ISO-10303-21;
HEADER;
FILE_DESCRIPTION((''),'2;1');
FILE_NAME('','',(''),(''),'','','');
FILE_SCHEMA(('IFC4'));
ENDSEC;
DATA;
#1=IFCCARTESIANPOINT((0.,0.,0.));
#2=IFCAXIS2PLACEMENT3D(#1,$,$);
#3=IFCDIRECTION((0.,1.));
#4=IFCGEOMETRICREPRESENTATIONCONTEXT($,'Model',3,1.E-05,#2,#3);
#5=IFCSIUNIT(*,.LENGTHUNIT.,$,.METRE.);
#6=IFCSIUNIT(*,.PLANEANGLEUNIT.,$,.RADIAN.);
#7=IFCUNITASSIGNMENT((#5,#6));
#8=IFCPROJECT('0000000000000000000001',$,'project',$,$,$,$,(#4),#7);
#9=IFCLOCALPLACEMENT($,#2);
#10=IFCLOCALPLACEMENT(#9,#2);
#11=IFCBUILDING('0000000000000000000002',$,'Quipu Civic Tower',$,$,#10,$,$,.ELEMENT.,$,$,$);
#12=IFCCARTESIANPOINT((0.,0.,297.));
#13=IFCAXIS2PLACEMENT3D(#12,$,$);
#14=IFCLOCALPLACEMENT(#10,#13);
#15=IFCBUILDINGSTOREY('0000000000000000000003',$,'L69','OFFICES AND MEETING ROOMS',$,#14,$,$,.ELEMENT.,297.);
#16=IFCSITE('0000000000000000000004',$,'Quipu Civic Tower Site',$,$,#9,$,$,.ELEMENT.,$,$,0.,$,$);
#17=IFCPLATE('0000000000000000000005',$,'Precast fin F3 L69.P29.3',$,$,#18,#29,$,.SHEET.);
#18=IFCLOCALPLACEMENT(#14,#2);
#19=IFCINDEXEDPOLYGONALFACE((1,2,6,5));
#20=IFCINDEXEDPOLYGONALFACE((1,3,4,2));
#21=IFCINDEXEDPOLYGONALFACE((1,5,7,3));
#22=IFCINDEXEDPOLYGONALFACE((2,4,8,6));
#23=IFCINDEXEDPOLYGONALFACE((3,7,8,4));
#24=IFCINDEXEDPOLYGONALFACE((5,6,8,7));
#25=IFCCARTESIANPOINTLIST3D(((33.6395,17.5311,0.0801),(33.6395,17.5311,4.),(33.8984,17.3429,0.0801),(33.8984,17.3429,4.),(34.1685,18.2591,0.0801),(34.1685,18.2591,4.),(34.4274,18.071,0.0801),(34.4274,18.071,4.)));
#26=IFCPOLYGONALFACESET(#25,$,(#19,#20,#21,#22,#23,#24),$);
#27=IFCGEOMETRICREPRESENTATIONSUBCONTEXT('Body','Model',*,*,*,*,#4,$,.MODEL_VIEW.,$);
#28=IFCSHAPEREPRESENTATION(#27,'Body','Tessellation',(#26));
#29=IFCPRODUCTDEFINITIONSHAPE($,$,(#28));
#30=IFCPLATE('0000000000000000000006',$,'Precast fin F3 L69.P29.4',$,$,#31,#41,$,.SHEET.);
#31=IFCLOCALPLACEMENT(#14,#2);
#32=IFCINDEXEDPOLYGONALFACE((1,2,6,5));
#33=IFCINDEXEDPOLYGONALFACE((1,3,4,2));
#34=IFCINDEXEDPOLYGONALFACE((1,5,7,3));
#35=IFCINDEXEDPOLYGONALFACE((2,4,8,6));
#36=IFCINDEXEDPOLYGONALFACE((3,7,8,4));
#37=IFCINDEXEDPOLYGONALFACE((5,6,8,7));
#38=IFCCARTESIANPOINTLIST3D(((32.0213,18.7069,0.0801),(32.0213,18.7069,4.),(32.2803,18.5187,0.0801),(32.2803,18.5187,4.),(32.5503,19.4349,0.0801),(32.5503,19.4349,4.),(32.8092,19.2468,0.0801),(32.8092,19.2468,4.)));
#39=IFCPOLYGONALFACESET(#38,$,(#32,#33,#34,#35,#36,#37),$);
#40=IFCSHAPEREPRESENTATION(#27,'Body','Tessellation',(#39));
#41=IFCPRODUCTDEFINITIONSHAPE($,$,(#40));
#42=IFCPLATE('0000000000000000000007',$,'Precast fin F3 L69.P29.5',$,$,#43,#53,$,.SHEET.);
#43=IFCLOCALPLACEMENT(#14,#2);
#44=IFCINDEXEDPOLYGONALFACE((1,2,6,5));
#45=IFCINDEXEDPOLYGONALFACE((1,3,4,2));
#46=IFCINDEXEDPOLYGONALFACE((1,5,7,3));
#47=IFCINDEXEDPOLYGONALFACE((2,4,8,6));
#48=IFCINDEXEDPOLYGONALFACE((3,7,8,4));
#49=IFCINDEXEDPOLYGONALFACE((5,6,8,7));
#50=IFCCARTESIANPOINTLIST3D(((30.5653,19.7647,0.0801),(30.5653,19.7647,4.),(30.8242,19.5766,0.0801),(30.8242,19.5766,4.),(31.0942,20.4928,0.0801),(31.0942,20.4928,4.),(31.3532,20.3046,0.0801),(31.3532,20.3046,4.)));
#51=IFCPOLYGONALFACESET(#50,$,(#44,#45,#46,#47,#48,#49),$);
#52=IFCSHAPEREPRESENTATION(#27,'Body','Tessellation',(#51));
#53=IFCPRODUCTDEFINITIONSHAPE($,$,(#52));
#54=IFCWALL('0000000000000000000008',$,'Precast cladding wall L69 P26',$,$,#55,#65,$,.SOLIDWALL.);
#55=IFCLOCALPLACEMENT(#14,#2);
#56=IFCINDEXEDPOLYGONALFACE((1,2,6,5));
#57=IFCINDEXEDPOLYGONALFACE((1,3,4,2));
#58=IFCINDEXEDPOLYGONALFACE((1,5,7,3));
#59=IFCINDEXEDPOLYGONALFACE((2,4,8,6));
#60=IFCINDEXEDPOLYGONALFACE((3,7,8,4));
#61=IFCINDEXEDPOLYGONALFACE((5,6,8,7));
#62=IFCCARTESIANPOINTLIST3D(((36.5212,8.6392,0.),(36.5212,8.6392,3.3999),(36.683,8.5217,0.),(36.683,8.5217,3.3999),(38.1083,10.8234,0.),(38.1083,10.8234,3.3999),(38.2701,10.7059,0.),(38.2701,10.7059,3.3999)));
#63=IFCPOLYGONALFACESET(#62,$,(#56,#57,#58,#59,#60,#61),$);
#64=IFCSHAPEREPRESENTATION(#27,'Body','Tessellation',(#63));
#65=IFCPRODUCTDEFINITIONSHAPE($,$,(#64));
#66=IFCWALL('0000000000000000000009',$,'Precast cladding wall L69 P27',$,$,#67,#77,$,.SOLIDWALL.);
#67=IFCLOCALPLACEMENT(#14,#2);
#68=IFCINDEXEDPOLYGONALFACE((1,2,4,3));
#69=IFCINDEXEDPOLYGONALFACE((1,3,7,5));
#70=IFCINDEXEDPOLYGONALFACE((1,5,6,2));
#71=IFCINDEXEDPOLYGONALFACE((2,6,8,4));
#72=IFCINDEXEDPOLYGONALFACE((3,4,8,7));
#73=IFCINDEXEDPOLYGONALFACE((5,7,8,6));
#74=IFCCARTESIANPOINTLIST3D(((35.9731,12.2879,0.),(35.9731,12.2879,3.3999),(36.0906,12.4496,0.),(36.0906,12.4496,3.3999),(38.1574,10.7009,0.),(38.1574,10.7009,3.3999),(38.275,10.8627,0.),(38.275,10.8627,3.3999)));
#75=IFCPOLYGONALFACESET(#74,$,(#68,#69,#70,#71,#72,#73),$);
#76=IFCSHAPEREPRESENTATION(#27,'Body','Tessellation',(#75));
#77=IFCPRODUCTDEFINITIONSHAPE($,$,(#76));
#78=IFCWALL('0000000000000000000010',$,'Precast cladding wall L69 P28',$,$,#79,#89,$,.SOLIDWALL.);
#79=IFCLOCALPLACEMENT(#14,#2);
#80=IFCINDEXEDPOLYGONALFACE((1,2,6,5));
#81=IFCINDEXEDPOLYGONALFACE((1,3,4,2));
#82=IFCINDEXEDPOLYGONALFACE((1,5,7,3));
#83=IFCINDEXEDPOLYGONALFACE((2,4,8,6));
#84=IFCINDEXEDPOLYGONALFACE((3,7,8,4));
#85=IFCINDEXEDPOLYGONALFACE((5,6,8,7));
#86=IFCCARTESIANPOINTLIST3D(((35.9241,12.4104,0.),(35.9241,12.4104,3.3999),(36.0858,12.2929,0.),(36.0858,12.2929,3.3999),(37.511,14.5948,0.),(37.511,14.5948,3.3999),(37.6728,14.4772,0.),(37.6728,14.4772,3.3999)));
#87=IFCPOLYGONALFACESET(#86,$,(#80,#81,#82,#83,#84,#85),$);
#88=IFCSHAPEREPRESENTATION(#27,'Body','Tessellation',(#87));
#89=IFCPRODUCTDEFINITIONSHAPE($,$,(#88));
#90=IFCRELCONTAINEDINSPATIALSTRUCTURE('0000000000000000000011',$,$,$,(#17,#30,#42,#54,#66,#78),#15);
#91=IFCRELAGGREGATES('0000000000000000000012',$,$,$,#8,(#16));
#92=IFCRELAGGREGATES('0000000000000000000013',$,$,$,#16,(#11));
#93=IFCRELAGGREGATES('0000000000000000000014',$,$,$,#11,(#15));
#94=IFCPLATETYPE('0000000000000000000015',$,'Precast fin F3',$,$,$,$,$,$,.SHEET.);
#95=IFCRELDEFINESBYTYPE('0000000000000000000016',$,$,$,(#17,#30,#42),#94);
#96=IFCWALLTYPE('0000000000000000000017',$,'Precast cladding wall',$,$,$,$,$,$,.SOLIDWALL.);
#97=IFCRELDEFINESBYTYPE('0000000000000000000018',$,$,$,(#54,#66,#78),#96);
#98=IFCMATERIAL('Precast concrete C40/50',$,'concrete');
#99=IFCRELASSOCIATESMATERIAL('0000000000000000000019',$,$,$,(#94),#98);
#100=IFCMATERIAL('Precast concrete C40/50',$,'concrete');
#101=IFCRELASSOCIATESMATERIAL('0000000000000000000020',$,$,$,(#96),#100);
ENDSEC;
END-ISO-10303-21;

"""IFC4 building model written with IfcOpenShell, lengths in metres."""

from ifc_helpers import new_model, si_unit, direction, frame, frame_2d, origin, origin_2d, place, context, subcontext, project, spatial, rectangle, extrude, material, type_object, element, save


model = new_model("IFC4")

# Units and contexts
model_context = context("Model", 3, precision=1e-05, world=origin(), true_north=direction((0.0, 1.0)))
body_context = subcontext(model_context, "Body", "Model", "MODEL_VIEW")
ifc_project = project(units=[si_unit("LENGTHUNIT", "METRE"), si_unit("PLANEANGLEUNIT", "RADIAN")], contexts=[model_context])

# Site, building, storey
site_placement = place(None, origin())
site = spatial("IfcSite", under=ifc_project, at=site_placement, Name="Quipu Civic Tower Site", CompositionType="ELEMENT", RefElevation=0.0)
building_placement = place(site_placement, origin())
building = spatial("IfcBuilding", under=site, at=building_placement, Name="Quipu Civic Tower", CompositionType="ELEMENT")
storey_placement = place(building_placement, frame((0.0, 0.0, 297.0)))
storey = spatial("IfcBuildingStorey", under=building, at=storey_placement, Name="L69", Description="OFFICES AND MEETING ROOMS", CompositionType="ELEMENT", Elevation=297.0)

# Plates
ifc_material_1 = material(Name="Precast concrete C40/50", Category="concrete")
plate_type_1 = type_object("IfcPlateType", Name="Precast fin F3", PredefinedType="SHEET", material=ifc_material_1)
for number, where, z_axis, x_axis, name in (
    (1, (34.0334, 17.801, 0.0801), (0.0, 0.0, 1.0), (-0.809017, 0.587785, 0.0), "Precast fin F3 L69.P29.3"),
    (2, (32.4153, 18.9768, 0.0801), (0.0, 0.0, 1.0), (-0.809017, 0.587785, 0.0), "Precast fin F3 L69.P29.4"),
    (3, (30.9592, 20.0347, 0.0801), (0.0, 0.0, 1.0), (-0.809017, 0.587785, 0.0), "Precast fin F3 L69.P29.5"),
):
    element("IfcPlate", number, at=place(storey_placement, frame(where, z_axis=z_axis, x_axis=x_axis)), inside=storey, type_object=plate_type_1, Name=name, PredefinedType="SHEET", context=body_context, shape_type="SweptSolid", body=[
        extrude(rectangle(XDim=0.3201, YDim=0.8999, at=origin_2d()), origin(), (0.0, 0.0, 1.0), 3.9199),
    ])

# Walls
ifc_material_2 = material(Name="Precast concrete C40/50", Category="concrete")
wall_type = type_object("IfcWallType", Name="Precast cladding wall", PredefinedType="SOLIDWALL", material=ifc_material_2)
for number, where, z_axis, x_axis, name in (
    (4, (36.6021, 8.5803, 0.0), (0.0, 0.0, 1.0), (0.587822, 0.80899, 0.0), "Precast cladding wall L69 P26"),
    (5, (38.2163, 10.7817, 0.0), (0.0, 0.0, 1.0), (-0.809033, 0.587763, 0.0), "Precast cladding wall L69 P27"),
    (6, (36.0049, 12.3516, 0.0), (0.0, 0.0, 1.0), (0.587763, 0.809033, 0.0), "Precast cladding wall L69 P28"),
):
    element("IfcWall", number, at=place(storey_placement, frame(where, z_axis=z_axis, x_axis=x_axis)), inside=storey, type_object=wall_type, Name=name, PredefinedType="SOLIDWALL", context=body_context, shape_type="SweptSolid", body=[
        extrude(rectangle(XDim=2.7, YDim=0.2, at=frame_2d((1.3501, 0.0))), origin(), (0.0, 0.0, 1.0), 3.3999),
    ])

save(model, "model.ifc")
